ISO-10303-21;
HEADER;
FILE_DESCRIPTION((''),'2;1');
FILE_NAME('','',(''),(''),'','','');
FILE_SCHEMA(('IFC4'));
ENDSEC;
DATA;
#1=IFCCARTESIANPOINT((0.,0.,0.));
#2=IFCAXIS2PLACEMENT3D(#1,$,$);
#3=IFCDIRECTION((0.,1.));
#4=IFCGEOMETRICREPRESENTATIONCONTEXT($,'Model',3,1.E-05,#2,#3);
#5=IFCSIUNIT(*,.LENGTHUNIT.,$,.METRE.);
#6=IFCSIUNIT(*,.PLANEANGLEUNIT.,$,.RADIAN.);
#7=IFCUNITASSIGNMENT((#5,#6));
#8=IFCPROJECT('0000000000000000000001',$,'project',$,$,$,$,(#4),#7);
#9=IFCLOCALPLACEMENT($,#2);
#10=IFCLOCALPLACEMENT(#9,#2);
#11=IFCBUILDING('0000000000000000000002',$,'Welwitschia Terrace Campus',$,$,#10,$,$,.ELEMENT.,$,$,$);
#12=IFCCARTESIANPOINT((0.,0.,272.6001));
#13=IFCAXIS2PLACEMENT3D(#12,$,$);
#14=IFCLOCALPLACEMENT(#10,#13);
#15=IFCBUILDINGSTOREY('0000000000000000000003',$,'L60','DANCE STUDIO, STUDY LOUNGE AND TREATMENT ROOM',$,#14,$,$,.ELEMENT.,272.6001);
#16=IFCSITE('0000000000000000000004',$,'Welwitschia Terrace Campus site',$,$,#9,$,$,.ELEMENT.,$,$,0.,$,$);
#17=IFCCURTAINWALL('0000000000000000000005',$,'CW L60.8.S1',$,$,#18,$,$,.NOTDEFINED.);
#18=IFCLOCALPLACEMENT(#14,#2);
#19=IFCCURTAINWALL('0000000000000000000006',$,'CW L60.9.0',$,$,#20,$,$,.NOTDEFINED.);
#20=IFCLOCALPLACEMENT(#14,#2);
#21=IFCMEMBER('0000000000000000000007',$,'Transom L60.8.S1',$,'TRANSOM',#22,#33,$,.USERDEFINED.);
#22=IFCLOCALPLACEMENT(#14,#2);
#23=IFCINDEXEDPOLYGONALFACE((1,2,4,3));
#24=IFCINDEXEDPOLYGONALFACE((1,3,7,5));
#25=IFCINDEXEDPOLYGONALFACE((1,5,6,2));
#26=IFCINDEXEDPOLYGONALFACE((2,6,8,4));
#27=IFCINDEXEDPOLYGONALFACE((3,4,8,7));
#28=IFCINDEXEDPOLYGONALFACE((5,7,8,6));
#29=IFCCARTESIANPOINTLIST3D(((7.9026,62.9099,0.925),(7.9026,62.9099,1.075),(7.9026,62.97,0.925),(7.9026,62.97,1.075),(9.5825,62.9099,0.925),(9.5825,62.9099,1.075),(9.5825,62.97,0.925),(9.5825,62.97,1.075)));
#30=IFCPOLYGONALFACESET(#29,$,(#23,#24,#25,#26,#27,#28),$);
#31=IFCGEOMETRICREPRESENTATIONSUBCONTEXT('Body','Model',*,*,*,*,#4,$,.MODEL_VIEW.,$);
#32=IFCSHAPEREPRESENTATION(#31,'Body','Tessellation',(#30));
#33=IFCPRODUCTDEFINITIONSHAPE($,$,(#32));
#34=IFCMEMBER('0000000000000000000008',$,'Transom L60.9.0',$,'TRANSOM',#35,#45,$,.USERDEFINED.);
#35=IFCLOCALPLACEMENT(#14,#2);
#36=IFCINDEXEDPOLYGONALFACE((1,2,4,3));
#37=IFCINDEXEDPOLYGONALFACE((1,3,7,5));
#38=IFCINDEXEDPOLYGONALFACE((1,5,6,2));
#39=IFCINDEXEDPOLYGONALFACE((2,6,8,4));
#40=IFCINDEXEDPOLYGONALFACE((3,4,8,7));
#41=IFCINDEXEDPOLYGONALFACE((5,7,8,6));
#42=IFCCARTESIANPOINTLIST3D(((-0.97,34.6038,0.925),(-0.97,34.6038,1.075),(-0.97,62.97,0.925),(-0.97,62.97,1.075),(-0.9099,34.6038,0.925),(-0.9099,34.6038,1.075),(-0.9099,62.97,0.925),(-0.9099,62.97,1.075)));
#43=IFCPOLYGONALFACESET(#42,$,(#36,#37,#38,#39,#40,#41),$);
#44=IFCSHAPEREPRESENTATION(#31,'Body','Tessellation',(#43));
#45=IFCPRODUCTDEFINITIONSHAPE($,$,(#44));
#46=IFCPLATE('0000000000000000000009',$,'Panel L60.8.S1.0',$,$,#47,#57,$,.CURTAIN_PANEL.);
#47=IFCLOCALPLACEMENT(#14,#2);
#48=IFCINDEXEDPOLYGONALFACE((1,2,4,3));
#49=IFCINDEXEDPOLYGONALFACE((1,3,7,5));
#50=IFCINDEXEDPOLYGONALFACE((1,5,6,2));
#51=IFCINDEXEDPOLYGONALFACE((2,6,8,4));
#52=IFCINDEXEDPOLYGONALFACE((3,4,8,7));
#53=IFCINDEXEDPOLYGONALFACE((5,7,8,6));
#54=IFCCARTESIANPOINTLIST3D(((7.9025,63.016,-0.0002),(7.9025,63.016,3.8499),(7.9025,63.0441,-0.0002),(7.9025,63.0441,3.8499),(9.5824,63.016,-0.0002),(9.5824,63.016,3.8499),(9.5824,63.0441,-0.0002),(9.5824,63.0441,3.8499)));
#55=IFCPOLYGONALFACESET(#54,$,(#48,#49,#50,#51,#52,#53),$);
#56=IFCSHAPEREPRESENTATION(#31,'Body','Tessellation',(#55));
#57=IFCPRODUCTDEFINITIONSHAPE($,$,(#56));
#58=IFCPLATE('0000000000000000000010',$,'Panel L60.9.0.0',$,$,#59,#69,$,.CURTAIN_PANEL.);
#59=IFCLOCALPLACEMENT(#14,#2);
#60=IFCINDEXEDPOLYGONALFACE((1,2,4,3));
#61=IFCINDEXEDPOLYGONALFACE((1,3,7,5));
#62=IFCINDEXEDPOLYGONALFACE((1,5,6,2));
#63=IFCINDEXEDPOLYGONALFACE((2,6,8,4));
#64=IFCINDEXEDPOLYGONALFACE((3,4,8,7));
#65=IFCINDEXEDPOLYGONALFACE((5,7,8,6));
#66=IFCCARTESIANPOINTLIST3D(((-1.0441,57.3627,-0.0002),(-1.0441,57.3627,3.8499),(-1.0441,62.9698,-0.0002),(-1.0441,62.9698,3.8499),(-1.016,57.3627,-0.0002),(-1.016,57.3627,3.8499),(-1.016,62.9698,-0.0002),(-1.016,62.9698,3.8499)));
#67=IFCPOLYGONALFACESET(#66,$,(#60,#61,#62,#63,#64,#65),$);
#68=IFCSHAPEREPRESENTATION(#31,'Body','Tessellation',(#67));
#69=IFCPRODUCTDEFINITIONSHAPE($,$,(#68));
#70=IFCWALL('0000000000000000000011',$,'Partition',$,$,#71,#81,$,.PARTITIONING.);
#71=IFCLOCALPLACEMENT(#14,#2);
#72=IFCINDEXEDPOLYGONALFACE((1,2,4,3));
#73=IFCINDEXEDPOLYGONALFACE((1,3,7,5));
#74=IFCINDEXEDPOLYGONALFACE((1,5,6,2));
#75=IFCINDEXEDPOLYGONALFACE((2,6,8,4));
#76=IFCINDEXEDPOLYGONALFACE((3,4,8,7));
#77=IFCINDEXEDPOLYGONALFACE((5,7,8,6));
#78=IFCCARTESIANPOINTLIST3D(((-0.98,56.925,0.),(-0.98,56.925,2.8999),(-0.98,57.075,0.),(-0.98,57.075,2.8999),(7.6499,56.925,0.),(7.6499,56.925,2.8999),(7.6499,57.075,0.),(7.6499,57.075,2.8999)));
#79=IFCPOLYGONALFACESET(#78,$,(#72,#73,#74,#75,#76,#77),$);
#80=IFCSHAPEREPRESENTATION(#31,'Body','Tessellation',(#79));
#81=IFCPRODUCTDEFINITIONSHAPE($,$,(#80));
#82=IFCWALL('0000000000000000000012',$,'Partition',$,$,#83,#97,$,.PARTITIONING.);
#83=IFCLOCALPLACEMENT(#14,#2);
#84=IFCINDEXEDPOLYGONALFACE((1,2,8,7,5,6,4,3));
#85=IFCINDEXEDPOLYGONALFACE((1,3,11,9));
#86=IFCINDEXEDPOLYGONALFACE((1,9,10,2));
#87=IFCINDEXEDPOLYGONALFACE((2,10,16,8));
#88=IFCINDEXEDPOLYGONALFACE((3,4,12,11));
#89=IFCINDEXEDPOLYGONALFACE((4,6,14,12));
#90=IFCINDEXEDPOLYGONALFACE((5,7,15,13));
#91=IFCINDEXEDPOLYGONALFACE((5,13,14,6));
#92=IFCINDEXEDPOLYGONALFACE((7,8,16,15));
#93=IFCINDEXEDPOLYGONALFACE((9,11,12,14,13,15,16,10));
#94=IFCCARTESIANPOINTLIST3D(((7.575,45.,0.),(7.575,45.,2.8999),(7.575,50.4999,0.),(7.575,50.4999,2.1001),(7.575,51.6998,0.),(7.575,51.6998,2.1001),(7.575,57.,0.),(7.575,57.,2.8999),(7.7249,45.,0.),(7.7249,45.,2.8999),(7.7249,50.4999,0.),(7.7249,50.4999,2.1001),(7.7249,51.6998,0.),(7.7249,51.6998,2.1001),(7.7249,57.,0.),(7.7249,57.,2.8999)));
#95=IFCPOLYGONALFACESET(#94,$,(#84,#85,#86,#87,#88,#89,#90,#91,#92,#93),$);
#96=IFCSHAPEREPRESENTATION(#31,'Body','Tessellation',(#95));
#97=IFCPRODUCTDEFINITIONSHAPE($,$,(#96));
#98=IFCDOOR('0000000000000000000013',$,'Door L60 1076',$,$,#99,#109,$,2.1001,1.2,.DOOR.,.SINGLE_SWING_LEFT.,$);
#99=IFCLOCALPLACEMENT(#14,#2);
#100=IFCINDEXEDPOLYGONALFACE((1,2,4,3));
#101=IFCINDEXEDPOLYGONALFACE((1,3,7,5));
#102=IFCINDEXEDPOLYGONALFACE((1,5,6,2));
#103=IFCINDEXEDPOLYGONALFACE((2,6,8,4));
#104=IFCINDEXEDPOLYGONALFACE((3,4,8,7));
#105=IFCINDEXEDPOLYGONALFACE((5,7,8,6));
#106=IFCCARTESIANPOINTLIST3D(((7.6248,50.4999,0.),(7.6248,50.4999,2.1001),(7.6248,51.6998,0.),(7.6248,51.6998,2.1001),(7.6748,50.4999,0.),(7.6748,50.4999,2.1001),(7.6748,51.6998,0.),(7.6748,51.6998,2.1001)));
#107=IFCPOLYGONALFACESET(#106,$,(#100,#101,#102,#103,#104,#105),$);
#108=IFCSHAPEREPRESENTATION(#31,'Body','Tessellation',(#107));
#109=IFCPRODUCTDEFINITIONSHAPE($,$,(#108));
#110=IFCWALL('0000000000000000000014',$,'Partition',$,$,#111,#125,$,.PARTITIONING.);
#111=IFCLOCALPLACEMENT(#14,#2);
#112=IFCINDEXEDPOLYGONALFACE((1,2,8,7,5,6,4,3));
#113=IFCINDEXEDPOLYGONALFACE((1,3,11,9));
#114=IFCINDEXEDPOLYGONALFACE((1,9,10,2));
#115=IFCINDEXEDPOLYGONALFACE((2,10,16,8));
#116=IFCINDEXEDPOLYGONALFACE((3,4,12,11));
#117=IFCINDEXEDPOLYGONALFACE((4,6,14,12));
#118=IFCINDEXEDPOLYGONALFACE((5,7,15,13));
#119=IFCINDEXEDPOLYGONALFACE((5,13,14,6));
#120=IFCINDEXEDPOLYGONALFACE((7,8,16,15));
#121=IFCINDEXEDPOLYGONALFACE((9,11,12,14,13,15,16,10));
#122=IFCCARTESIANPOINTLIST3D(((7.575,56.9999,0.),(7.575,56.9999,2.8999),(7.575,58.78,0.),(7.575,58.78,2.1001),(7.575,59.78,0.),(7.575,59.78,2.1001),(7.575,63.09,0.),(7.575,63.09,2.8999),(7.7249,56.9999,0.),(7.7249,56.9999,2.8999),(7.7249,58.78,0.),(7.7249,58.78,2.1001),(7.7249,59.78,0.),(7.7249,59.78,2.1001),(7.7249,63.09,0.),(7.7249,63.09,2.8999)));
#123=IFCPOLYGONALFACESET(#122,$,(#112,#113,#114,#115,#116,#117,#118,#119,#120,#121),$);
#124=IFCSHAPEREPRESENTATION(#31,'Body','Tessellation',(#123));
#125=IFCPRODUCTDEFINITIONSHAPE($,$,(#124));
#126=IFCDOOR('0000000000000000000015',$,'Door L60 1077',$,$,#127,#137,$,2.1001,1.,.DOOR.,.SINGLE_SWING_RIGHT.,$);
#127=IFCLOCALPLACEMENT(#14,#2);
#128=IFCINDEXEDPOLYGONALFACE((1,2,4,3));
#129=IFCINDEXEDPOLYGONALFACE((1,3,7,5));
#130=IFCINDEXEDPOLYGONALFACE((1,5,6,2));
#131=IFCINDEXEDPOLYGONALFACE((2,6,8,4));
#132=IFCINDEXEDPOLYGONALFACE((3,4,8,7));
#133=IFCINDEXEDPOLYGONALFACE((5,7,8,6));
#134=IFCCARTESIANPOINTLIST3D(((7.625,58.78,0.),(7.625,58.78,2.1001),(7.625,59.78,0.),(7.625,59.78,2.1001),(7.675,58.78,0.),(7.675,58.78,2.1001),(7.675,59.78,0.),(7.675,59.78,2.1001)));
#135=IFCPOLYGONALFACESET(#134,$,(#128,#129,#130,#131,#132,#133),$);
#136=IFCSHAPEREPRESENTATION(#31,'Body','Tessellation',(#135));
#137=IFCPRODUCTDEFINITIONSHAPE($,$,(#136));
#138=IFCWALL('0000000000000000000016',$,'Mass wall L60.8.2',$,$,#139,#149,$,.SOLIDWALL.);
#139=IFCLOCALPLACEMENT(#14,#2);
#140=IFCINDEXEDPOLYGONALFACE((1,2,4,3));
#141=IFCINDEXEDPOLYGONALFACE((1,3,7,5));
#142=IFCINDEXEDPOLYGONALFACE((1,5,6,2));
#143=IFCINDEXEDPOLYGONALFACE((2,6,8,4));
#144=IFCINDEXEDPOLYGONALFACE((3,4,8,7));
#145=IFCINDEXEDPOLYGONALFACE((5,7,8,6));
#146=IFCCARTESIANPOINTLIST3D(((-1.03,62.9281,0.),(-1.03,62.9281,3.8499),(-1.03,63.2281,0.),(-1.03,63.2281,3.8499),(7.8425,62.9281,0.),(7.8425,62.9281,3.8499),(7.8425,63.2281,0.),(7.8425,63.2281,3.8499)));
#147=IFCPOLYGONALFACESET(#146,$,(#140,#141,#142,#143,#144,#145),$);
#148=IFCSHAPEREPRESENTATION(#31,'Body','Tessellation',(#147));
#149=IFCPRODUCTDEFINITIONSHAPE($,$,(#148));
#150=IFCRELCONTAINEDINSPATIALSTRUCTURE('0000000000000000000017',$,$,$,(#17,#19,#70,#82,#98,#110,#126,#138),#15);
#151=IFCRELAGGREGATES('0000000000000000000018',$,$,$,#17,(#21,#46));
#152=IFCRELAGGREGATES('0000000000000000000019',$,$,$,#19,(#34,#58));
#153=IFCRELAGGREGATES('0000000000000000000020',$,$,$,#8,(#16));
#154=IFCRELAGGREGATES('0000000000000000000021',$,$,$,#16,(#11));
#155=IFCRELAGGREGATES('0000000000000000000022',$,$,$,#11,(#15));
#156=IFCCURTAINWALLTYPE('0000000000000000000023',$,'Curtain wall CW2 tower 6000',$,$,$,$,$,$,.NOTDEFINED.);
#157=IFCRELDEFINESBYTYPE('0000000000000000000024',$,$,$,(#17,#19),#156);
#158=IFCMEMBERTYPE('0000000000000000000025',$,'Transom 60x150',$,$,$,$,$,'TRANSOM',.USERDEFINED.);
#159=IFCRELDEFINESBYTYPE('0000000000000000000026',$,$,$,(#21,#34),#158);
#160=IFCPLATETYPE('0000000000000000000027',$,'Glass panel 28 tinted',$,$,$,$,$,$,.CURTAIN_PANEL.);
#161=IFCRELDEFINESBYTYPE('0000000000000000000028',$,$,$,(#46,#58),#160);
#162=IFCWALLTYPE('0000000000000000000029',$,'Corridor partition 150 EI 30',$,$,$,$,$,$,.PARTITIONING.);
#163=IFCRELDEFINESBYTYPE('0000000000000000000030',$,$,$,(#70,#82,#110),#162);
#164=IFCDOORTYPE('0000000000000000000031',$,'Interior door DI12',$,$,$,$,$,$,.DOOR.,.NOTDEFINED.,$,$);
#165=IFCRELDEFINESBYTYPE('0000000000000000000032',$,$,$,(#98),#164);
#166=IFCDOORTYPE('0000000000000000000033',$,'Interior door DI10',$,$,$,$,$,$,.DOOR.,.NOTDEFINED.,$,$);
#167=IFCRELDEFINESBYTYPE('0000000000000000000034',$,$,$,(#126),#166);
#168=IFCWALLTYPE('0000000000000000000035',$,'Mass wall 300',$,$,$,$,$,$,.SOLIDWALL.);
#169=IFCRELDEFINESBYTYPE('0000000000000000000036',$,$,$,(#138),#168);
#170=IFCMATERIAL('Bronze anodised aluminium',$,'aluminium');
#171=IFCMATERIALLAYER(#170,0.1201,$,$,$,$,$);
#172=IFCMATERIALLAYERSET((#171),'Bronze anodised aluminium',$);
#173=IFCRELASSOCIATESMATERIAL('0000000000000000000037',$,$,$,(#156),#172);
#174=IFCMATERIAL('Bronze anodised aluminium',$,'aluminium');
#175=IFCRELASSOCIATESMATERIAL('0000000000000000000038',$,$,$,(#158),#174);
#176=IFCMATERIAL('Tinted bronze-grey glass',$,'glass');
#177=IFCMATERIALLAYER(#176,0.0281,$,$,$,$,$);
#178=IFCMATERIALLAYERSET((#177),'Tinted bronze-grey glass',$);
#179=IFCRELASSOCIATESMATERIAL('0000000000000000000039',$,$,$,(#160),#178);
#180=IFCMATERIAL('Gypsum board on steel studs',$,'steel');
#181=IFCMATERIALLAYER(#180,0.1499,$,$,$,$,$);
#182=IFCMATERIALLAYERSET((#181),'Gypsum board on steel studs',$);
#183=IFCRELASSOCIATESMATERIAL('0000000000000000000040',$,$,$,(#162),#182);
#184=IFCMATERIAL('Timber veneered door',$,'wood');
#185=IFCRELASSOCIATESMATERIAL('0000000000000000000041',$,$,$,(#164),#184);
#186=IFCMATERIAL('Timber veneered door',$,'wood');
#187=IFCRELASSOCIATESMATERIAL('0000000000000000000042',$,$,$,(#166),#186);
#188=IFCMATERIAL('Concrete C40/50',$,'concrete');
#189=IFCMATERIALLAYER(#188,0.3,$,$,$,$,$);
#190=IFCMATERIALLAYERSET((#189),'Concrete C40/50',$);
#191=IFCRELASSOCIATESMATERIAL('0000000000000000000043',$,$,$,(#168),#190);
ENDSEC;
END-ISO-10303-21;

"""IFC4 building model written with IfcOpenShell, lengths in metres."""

from ifc_helpers import new_model, si_unit, direction, frame, frame_2d, origin, origin_2d, place, context, subcontext, project, spatial, rectangle, extrude, material, layer, layer_set, material_profile, profile_set, type_object, element, fill, aggregate, save


model = new_model("IFC4")

# Units and contexts
model_context = context("Model", 3, precision=1e-05, world=origin(), true_north=direction((0.0, 1.0)))
body_context = subcontext(model_context, "Body", "Model", "MODEL_VIEW")
ifc_project = project(units=[si_unit("LENGTHUNIT", "METRE"), si_unit("PLANEANGLEUNIT", "RADIAN")], contexts=[model_context])

# Site, building, storey
site_placement = place(None, origin())
site = spatial("IfcSite", under=ifc_project, at=site_placement, Name="Welwitschia Terrace Campus site", CompositionType="ELEMENT", RefElevation=0.0)
building_placement = place(site_placement, origin())
building = spatial("IfcBuilding", under=site, at=building_placement, Name="Welwitschia Terrace Campus", CompositionType="ELEMENT")
storey_placement = place(building_placement, frame((0.0, 0.0, 272.6001)))
storey = spatial("IfcBuildingStorey", under=building, at=storey_placement, Name="L60", Description="DANCE STUDIO, STUDY LOUNGE AND TREATMENT ROOM", CompositionType="ELEMENT", Elevation=272.6001)

# Curtain walls
ifc_material_1 = material(Name="Bronze anodised aluminium", Category="aluminium")
ifc_layer_1 = layer(ifc_material_1, 0.1201)
ifc_layer_set_1 = layer_set([ifc_layer_1], Name="Bronze anodised aluminium")
curtain_wall_type = type_object("IfcCurtainWallType", Name="Curtain wall CW2 tower 6000", PredefinedType="NOTDEFINED", material=ifc_layer_set_1)
curtain_wall_1_placement = place(storey_placement, origin())
curtain_wall_1 = element("IfcCurtainWall", 1, at=curtain_wall_1_placement, inside=storey, type_object=curtain_wall_type, Name="CW L60.8.S1", PredefinedType="NOTDEFINED")
curtain_wall_2_placement = place(storey_placement, origin())
curtain_wall_2 = element("IfcCurtainWall", 2, at=curtain_wall_2_placement, inside=storey, type_object=curtain_wall_type, Name="CW L60.9.0", PredefinedType="NOTDEFINED")

# Members
ifc_material_2 = material(Name="Bronze anodised aluminium", Category="aluminium")
ifc_material_profile_1 = material_profile(ifc_material_2, rectangle(XDim=0.0601, YDim=0.1499, at=origin_2d()))
ifc_profile_set_1 = profile_set([ifc_material_profile_1], Name="Bronze anodised aluminium")
member_type_1 = type_object("IfcMemberType", Name="Transom 60x150", ElementType="TRANSOM", PredefinedType="USERDEFINED", material=ifc_profile_set_1)
member_1_placement = place(storey_placement, frame((9.5825, 62.9399, 1.0), z_axis=(-1.0, 0.0, 0.0), x_axis=(0.0, -1.0, 0.0)))
member_1 = element("IfcMember", 3, at=member_1_placement, type_object=member_type_1, Name="Transom L60.8.S1", ObjectType="TRANSOM", PredefinedType="USERDEFINED", context=body_context, shape_type="SweptSolid", body=[
    extrude(rectangle(XDim=0.0601, YDim=0.1499, at=origin_2d()), origin(), (0.0, 0.0, 1.0), 1.6799),
])
member_2_placement = place(storey_placement, frame((-0.9399, 62.97, 1.0), z_axis=(0.0, -1.0, 0.0), x_axis=(1.0, 0.0, 0.0)))
member_2 = element("IfcMember", 4, at=member_2_placement, type_object=member_type_1, Name="Transom L60.9.0", ObjectType="TRANSOM", PredefinedType="USERDEFINED", context=body_context, shape_type="SweptSolid", body=[
    extrude(rectangle(XDim=0.0601, YDim=0.1499, at=origin_2d()), origin(), (0.0, 0.0, 1.0), 28.3662),
])

# Plates
ifc_material_3 = material(Name="Tinted bronze-grey glass", Category="glass")
ifc_layer_2 = layer(ifc_material_3, 0.0281)
ifc_layer_set_2 = layer_set([ifc_layer_2], Name="Tinted bronze-grey glass")
plate_type = type_object("IfcPlateType", Name="Glass panel 28 tinted", PredefinedType="CURTAIN_PANEL", material=ifc_layer_set_2)
plate_1_placement = place(storey_placement, frame((8.7424, 63.03, -0.0002), z_axis=(0.0, 0.0, 1.0), x_axis=(-1.0, 0.0, 0.0)))
plate_1 = element("IfcPlate", 5, at=plate_1_placement, type_object=plate_type, Name="Panel L60.8.S1.0", PredefinedType="CURTAIN_PANEL", context=body_context, shape_type="SweptSolid", body=[
    extrude(rectangle(XDim=1.6799, YDim=0.0281, at=origin_2d()), origin(), (0.0, 0.0, 1.0), 3.8501),
])
aggregate(curtain_wall_1, [member_1, plate_1])
plate_2_placement = place(storey_placement, frame((-1.03, 60.1663, -0.0002), z_axis=(0.0, 0.0, 1.0), x_axis=(0.0, -1.0, 0.0)))
plate_2 = element("IfcPlate", 6, at=plate_2_placement, type_object=plate_type, Name="Panel L60.9.0.0", PredefinedType="CURTAIN_PANEL", context=body_context, shape_type="SweptSolid", body=[
    extrude(rectangle(XDim=5.6072, YDim=0.0281, at=origin_2d()), origin(), (0.0, 0.0, 1.0), 3.8501),
])
aggregate(curtain_wall_2, [member_2, plate_2])

# Wall
ifc_material_4 = material(Name="Gypsum board on steel studs", Category="steel")
ifc_layer_3 = layer(ifc_material_4, 0.1499)
ifc_layer_set_3 = layer_set([ifc_layer_3], Name="Gypsum board on steel studs")
wall_type_1 = type_object("IfcWallType", Name="Corridor partition 150 EI 30", PredefinedType="PARTITIONING", material=ifc_layer_set_3)
wall_1_placement = place(storey_placement, frame((-0.98, 57.0, 0.0), z_axis=(0.0, 0.0, 1.0), x_axis=(1.0, 0.0, 0.0)))
element("IfcWall", 7, at=wall_1_placement, inside=storey, type_object=wall_type_1, Name="Partition", PredefinedType="PARTITIONING", context=body_context, shape_type="SweptSolid", body=[
    extrude(rectangle(XDim=8.6299, YDim=0.1499, at=frame_2d((4.3149, 0.0))), origin(), (0.0, 0.0, 1.0), 2.8999),
])

# Walls, openings, doors
wall_2_placement = place(storey_placement, frame((7.6499, 57.0, 0.0), z_axis=(0.0, 0.0, 1.0), x_axis=(0.0, -1.0, 0.0)))
wall_2 = element("IfcWall", 8, at=wall_2_placement, inside=storey, type_object=wall_type_1, Name="Partition", PredefinedType="PARTITIONING", context=body_context, shape_type="SweptSolid", body=[
    extrude(rectangle(XDim=12.0, YDim=0.1499, at=frame_2d((6.0, 0.0))), origin(), (0.0, 0.0, 1.0), 2.8999),
])
opening_1_placement = place(wall_2_placement, frame((5.3, 0.0, 0.0)))
opening_1 = element("IfcOpeningElement", 9, at=opening_1_placement, cuts=wall_2, PredefinedType="OPENING", context=body_context, shape_type="SweptSolid", body=[
    extrude(rectangle(XDim=1.2, YDim=2.1001, at=frame_2d((0.6001, 1.05))), frame((0.0, 0.085, 0.0), z_axis=(0.0, -1.0, 0.0), x_axis=(1.0, 0.0, 0.0)), (0.0, 0.0, 1.0), 0.1699),
])
ifc_material_5 = material(Name="Timber veneered door", Category="wood")
door_type_1 = type_object("IfcDoorType", Name="Interior door DI12", OperationType="NOTDEFINED", PredefinedType="DOOR", material=ifc_material_5)
door_1_placement = place(opening_1_placement, origin())
door_1 = element("IfcDoor", 10, at=door_1_placement, inside=storey, type_object=door_type_1, Name="Door L60 1076", OperationType="SINGLE_SWING_LEFT", OverallHeight=2.1001, OverallWidth=1.2, PredefinedType="DOOR", context=body_context, shape_type="SweptSolid", body=[
    extrude(rectangle(XDim=1.2, YDim=2.1001, at=frame_2d((0.6001, 1.05))), frame((0.0, 0.0249, 0.0), z_axis=(0.0, -1.0, 0.0), x_axis=(1.0, 0.0, 0.0)), (0.0, 0.0, 1.0), 0.05),
])
fill(opening_1, door_1)
wall_3_placement = place(storey_placement, frame((7.6499, 57.0, 0.0), z_axis=(0.0, 0.0, 1.0), x_axis=(0.0, 1.0, 0.0)))
wall_3 = element("IfcWall", 11, at=wall_3_placement, inside=storey, type_object=wall_type_1, Name="Partition", PredefinedType="PARTITIONING", context=body_context, shape_type="SweptSolid", body=[
    extrude(rectangle(XDim=6.0901, YDim=0.1499, at=frame_2d((3.0449, 0.0))), origin(), (0.0, 0.0, 1.0), 2.8999),
])
opening_2_placement = place(wall_3_placement, frame((1.78, 0.0, 0.0)))
opening_2 = element("IfcOpeningElement", 12, at=opening_2_placement, cuts=wall_3, PredefinedType="OPENING", context=body_context, shape_type="SweptSolid", body=[
    extrude(rectangle(XDim=1.0, YDim=2.1001, at=frame_2d((0.5, 1.05))), frame((0.0, 0.085, 0.0), z_axis=(0.0, -1.0, 0.0), x_axis=(1.0, 0.0, 0.0)), (0.0, 0.0, 1.0), 0.1699),
])
ifc_material_6 = material(Name="Timber veneered door", Category="wood")
door_type_2 = type_object("IfcDoorType", Name="Interior door DI10", OperationType="NOTDEFINED", PredefinedType="DOOR", material=ifc_material_6)
door_2_placement = place(opening_2_placement, origin())
door_2 = element("IfcDoor", 13, at=door_2_placement, inside=storey, type_object=door_type_2, Name="Door L60 1077", OperationType="SINGLE_SWING_RIGHT", OverallHeight=2.1001, OverallWidth=1.0, PredefinedType="DOOR", context=body_context, shape_type="SweptSolid", body=[
    extrude(rectangle(XDim=1.0, YDim=2.1001, at=frame_2d((0.5, 1.05))), frame((0.0, 0.0249, 0.0), z_axis=(0.0, -1.0, 0.0), x_axis=(1.0, 0.0, 0.0)), (0.0, 0.0, 1.0), 0.05),
])
fill(opening_2, door_2)

# Wall
ifc_material_7 = material(Name="Concrete C40/50", Category="concrete")
ifc_layer_4 = layer(ifc_material_7, 0.3)
ifc_layer_set_4 = layer_set([ifc_layer_4], Name="Concrete C40/50")
wall_type_2 = type_object("IfcWallType", Name="Mass wall 300", PredefinedType="SOLIDWALL", material=ifc_layer_set_4)
wall_4_placement = place(storey_placement, frame((7.8425, 63.0781, 0.0), z_axis=(0.0, 0.0, 1.0), x_axis=(-1.0, 0.0, 0.0)))
element("IfcWall", 14, at=wall_4_placement, inside=storey, type_object=wall_type_2, Name="Mass wall L60.8.2", PredefinedType="SOLIDWALL", context=body_context, shape_type="SweptSolid", body=[
    extrude(rectangle(XDim=8.8726, YDim=0.3, at=frame_2d((4.4363, 0.0))), origin(), (0.0, 0.0, 1.0), 3.8499),
])

save(model, "model.ifc")
